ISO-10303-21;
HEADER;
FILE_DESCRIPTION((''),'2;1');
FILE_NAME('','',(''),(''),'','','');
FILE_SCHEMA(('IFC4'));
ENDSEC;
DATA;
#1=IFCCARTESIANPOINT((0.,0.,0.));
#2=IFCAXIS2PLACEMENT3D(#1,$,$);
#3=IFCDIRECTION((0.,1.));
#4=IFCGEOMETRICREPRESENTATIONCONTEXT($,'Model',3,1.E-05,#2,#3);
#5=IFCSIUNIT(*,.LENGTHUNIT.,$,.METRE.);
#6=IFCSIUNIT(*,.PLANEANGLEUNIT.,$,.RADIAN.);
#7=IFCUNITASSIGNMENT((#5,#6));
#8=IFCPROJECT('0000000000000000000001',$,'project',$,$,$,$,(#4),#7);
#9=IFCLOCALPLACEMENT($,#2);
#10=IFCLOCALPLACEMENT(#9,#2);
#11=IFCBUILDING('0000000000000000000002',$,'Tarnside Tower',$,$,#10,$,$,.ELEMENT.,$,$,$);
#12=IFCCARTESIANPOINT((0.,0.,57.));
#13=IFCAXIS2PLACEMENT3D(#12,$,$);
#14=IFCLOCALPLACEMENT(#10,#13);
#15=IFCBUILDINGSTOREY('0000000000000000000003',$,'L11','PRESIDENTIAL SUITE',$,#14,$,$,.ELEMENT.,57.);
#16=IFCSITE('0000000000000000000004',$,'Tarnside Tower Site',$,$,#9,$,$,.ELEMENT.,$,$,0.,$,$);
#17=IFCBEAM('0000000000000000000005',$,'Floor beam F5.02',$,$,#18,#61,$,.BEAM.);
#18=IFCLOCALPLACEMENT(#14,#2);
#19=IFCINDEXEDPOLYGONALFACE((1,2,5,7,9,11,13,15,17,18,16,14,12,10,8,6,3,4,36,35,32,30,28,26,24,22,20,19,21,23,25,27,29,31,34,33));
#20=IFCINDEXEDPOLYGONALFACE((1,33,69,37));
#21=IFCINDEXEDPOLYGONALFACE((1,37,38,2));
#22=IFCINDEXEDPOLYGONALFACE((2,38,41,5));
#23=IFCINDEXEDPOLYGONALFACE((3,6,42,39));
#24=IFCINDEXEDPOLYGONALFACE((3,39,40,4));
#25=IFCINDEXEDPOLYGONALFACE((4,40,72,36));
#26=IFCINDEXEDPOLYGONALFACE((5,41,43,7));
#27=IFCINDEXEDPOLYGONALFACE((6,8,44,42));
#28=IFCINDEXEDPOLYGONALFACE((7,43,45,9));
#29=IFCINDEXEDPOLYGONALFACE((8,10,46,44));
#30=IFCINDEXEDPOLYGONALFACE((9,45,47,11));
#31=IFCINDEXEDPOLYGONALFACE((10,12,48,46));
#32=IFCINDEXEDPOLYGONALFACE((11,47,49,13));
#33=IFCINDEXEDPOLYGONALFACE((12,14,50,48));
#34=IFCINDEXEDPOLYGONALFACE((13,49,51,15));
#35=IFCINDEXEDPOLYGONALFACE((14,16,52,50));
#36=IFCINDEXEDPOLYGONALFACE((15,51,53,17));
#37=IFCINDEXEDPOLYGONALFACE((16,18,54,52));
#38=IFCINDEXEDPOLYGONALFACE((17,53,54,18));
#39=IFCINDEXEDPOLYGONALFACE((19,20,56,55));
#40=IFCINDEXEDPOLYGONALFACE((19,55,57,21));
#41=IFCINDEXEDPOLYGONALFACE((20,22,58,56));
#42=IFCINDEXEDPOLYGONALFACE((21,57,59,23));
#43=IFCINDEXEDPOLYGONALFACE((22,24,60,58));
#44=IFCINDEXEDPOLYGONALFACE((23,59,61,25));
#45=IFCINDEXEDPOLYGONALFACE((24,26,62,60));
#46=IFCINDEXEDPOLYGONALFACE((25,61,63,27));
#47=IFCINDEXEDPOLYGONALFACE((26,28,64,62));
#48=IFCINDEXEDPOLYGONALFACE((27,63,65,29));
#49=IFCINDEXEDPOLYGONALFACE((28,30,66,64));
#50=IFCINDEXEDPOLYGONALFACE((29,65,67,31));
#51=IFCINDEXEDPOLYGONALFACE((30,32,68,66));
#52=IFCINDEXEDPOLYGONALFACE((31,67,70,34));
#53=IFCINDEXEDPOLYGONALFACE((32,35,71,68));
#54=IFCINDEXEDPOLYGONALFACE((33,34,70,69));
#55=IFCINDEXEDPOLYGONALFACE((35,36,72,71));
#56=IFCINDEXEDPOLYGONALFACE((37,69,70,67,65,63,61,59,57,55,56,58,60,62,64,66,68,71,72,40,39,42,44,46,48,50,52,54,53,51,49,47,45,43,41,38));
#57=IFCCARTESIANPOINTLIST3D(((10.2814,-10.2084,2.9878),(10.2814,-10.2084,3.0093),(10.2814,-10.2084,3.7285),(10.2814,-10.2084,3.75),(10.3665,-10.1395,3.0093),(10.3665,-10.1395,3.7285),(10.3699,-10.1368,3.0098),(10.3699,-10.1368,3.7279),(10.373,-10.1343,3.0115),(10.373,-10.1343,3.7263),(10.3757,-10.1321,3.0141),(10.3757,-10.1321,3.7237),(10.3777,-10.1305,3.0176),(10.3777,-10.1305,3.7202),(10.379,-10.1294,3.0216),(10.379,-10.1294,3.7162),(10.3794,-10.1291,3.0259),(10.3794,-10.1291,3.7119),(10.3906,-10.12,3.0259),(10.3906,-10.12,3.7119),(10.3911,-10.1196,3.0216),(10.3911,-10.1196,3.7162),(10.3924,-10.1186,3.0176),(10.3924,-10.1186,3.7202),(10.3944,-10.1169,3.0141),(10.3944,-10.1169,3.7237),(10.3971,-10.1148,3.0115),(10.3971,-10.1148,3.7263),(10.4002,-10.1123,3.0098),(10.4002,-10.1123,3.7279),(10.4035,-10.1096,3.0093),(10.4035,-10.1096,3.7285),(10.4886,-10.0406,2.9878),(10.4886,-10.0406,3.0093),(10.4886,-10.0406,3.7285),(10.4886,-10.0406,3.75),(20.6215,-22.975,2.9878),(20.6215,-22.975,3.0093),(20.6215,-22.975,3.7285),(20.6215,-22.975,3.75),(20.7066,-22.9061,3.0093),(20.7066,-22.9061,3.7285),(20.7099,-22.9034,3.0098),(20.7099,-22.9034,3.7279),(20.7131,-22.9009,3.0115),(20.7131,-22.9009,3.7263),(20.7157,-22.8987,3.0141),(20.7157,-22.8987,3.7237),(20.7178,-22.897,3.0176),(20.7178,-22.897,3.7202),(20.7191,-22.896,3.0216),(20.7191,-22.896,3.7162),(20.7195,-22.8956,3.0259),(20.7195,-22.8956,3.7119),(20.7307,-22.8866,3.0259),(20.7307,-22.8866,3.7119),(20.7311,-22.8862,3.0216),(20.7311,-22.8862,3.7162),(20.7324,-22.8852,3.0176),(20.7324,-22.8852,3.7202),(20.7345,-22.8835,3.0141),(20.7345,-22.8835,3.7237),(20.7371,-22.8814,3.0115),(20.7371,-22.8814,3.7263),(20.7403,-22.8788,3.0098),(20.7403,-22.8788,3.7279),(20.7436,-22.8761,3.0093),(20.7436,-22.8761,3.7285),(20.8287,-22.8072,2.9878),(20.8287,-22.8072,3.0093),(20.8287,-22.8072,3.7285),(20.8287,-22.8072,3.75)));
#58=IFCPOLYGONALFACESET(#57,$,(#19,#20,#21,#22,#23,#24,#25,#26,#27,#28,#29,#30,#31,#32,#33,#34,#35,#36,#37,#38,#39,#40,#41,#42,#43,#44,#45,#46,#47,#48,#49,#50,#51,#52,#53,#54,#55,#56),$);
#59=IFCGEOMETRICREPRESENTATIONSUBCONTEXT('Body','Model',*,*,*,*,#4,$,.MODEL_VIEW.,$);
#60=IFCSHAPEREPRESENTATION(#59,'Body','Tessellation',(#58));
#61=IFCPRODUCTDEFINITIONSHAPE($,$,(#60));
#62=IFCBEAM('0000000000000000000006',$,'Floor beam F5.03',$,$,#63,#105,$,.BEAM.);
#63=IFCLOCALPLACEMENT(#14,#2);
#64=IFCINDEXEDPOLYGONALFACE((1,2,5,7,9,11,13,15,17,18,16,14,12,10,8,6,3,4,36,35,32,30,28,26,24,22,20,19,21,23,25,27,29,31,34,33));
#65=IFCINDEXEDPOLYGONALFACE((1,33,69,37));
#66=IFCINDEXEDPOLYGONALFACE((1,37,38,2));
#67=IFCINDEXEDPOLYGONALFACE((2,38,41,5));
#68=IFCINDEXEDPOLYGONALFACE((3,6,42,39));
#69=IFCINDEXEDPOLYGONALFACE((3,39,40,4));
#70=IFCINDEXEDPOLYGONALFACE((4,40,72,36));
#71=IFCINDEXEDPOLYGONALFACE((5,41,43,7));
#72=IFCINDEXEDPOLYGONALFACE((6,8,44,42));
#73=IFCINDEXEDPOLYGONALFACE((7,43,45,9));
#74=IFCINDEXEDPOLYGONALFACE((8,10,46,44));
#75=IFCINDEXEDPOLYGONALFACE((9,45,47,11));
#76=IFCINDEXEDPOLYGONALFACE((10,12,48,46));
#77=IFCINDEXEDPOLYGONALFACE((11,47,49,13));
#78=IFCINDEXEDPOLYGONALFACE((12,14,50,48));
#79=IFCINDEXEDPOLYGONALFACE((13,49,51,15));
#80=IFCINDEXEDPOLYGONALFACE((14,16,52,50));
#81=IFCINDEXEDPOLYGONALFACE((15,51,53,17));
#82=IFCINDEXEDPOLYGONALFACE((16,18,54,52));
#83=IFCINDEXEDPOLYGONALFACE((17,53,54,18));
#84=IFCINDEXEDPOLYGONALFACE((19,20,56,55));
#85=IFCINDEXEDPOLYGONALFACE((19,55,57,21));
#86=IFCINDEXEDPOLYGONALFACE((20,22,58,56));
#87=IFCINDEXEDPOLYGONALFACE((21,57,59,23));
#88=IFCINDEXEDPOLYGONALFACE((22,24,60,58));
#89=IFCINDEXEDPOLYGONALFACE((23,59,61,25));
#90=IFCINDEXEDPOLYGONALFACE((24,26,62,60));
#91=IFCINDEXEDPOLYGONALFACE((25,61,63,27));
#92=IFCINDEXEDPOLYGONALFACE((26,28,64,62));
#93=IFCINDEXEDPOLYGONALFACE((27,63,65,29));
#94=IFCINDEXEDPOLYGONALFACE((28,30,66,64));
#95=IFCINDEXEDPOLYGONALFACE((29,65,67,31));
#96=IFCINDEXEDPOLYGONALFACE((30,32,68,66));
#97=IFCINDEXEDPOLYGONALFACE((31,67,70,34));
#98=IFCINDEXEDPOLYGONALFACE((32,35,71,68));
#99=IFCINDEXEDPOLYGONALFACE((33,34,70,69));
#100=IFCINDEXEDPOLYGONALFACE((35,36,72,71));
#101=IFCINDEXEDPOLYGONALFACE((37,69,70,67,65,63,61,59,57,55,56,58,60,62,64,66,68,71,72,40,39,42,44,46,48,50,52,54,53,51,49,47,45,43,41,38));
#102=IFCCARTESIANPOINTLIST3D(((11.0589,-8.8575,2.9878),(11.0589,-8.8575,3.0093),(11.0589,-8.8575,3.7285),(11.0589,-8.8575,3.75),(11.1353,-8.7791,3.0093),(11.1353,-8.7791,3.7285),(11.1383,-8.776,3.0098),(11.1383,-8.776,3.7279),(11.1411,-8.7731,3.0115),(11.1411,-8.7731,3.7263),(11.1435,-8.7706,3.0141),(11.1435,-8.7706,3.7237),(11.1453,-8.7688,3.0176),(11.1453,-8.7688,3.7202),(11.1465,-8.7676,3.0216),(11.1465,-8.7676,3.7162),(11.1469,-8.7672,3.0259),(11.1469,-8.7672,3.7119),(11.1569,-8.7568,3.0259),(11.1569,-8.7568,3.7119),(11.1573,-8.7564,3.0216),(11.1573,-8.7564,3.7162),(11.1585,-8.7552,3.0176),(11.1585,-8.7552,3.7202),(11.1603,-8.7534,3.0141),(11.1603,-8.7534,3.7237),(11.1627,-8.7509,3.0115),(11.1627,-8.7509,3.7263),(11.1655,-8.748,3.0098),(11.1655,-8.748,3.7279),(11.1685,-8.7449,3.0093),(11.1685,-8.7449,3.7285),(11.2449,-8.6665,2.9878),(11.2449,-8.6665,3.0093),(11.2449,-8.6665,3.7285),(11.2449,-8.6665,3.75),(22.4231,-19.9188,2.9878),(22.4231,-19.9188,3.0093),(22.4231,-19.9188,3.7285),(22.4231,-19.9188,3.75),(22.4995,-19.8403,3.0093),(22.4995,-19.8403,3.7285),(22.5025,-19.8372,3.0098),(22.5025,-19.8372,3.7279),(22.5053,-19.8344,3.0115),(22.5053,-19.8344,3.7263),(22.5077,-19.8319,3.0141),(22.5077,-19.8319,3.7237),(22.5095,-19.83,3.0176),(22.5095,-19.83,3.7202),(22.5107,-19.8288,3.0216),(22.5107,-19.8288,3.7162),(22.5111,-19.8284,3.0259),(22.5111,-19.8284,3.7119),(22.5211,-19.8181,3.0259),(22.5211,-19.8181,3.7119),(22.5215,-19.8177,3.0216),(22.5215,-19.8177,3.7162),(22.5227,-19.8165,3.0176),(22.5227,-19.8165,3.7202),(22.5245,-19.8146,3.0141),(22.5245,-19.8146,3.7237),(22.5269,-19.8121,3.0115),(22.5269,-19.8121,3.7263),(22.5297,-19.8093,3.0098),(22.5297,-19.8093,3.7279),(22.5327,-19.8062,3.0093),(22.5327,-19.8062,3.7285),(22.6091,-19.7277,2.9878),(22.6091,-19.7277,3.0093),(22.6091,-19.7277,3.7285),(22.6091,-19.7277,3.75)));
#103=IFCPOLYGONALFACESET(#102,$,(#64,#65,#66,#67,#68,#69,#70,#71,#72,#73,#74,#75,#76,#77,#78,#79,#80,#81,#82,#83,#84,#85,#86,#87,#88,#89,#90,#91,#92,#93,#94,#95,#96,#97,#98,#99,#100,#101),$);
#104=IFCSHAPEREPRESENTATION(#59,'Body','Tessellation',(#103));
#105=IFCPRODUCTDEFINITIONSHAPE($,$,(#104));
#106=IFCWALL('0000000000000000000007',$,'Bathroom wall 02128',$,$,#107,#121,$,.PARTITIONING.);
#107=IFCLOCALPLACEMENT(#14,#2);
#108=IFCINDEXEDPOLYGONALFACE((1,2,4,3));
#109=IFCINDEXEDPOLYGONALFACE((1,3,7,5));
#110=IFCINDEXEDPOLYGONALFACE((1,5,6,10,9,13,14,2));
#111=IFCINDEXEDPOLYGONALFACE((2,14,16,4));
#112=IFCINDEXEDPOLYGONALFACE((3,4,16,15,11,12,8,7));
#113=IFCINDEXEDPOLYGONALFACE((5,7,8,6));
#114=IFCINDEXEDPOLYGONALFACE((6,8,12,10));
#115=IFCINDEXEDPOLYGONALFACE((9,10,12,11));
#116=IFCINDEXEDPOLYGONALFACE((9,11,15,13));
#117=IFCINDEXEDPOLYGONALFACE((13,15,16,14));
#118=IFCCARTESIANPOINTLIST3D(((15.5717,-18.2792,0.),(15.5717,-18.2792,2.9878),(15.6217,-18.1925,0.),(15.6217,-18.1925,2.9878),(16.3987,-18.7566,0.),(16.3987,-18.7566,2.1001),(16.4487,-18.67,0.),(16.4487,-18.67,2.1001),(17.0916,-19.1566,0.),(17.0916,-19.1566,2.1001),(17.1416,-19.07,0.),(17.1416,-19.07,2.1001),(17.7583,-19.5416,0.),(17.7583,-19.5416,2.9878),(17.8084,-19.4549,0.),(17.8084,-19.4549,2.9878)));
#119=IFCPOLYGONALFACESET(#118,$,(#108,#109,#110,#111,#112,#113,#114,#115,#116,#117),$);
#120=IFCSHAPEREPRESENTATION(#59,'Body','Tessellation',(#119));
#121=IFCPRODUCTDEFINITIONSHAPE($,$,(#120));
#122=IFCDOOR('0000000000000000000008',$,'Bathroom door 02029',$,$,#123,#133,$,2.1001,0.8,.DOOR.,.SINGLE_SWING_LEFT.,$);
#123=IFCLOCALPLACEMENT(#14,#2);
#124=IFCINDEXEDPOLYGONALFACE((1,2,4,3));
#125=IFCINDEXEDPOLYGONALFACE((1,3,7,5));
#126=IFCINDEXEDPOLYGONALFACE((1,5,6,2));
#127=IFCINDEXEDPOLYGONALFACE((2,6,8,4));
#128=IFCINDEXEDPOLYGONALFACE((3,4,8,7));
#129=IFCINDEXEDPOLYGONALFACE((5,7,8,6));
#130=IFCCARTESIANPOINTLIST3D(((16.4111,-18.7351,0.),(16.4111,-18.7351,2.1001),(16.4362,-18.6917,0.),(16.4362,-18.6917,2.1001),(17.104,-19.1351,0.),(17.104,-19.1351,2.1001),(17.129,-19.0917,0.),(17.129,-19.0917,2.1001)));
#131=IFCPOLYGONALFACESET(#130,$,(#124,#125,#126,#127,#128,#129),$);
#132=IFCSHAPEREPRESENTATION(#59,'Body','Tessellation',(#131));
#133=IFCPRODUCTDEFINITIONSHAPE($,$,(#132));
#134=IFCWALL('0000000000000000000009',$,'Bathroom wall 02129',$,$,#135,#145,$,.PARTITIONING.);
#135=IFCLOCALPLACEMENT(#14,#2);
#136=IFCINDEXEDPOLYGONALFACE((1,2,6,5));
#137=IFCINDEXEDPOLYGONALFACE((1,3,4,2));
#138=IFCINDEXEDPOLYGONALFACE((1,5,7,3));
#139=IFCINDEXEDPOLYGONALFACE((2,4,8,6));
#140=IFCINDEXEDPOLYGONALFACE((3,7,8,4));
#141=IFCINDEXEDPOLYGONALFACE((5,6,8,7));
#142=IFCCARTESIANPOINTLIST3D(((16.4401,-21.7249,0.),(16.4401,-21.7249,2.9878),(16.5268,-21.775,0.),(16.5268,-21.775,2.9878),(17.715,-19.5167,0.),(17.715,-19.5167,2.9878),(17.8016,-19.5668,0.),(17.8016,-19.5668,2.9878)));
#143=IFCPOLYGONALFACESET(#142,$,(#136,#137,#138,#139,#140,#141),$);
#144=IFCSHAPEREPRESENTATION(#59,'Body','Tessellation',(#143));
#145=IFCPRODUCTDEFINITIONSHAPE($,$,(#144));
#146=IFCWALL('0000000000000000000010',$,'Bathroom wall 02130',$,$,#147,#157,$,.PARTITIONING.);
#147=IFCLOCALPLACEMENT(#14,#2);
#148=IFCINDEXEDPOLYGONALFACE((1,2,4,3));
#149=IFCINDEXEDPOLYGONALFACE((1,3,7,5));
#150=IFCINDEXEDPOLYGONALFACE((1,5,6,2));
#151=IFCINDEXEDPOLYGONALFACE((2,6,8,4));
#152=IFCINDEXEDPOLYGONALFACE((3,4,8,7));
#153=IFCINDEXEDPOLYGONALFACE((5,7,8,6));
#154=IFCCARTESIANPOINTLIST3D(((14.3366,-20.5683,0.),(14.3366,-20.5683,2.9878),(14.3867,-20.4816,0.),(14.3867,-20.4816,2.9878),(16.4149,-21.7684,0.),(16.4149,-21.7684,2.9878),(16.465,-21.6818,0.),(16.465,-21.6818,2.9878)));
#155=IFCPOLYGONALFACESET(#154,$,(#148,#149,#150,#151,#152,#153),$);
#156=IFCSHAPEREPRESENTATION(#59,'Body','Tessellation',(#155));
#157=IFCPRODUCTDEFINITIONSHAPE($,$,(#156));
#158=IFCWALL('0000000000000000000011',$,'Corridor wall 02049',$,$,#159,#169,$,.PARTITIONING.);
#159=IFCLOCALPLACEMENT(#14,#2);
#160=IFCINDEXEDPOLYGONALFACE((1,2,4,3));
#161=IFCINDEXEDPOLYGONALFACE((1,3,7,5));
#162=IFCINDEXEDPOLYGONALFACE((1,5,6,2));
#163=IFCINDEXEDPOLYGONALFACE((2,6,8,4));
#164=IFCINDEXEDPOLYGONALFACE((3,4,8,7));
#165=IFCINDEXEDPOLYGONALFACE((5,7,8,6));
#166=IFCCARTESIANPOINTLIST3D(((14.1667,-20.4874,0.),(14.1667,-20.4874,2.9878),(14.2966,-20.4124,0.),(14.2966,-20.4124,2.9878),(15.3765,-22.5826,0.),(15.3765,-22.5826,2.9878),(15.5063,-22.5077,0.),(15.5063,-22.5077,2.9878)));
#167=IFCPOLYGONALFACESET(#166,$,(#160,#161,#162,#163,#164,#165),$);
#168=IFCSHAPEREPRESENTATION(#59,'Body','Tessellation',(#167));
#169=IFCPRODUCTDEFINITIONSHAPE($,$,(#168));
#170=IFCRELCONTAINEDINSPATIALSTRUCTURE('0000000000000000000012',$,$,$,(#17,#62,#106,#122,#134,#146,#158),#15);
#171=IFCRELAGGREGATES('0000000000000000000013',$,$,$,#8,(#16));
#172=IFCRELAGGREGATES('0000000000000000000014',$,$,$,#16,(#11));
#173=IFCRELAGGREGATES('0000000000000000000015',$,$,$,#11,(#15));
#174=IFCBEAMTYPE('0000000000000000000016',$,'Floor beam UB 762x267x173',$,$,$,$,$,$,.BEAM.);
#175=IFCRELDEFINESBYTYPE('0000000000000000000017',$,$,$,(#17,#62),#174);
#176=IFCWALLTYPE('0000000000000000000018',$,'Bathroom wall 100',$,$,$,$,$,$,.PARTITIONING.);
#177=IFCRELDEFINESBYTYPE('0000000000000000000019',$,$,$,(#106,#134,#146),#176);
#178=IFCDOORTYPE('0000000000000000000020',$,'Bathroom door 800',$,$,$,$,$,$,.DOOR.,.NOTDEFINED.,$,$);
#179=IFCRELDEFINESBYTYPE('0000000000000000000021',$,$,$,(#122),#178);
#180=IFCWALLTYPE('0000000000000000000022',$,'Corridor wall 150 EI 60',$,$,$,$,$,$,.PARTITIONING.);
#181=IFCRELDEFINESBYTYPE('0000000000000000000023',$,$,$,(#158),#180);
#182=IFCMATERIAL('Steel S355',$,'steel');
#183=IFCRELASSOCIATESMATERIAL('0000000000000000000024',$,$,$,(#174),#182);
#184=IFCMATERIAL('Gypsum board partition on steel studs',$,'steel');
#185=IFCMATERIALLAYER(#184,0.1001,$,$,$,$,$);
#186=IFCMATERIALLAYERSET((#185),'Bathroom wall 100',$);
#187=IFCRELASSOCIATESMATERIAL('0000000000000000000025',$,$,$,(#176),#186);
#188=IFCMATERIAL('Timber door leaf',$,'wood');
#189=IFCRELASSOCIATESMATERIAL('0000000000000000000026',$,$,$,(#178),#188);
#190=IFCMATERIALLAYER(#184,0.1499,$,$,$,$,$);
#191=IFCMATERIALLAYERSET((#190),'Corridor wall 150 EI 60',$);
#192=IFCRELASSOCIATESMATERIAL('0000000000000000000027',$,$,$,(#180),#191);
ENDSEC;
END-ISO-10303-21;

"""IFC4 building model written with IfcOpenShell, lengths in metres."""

from ifc_helpers import new_model, si_unit, direction, frame, frame_2d, origin, origin_2d, place, context, subcontext, project, spatial, rectangle, i_section, extrude, material, layer, layer_set, material_profile, profile_set, type_object, element, fill, save


model = new_model("IFC4")

# Units and contexts
model_context = context("Model", 3, precision=1e-05, world=origin(), true_north=direction((0.0, 1.0)))
body_context = subcontext(model_context, "Body", "Model", "MODEL_VIEW")
ifc_project = project(units=[si_unit("LENGTHUNIT", "METRE"), si_unit("PLANEANGLEUNIT", "RADIAN")], contexts=[model_context])

# Site, building, storey
site_placement = place(None, origin())
site = spatial("IfcSite", under=ifc_project, at=site_placement, Name="Tarnside Tower Site", CompositionType="ELEMENT", RefElevation=0.0)
building_placement = place(site_placement, origin())
building = spatial("IfcBuilding", under=site, at=building_placement, Name="Tarnside Tower", CompositionType="ELEMENT")
storey_placement = place(building_placement, frame((0.0, 0.0, 57.0)))
storey = spatial("IfcBuildingStorey", under=building, at=storey_placement, Name="L11", Description="PRESIDENTIAL SUITE", CompositionType="ELEMENT", Elevation=57.0)

# Beams
ifc_material_1 = material(Name="Steel S355", Category="steel")
ifc_material_profile = material_profile(ifc_material_1, i_section(OverallWidth=0.2666, OverallDepth=0.7622, WebThickness=0.0144, FlangeThickness=0.0215, FilletRadius=0.0166, at=origin_2d()), Name="UB 762x267x173")
ifc_profile_set = profile_set([ifc_material_profile], Name="Steel S355")
beam_type = type_object("IfcBeamType", Name="Floor beam UB 762x267x173", PredefinedType="BEAM", material=ifc_profile_set)
beam_1_placement = place(storey_placement, frame((20.7251, -22.8911, 3.3689), z_axis=(-0.62939, 0.777089, 0.0), x_axis=(-0.777089, -0.62939, 0.0)))
element("IfcBeam", 1, at=beam_1_placement, inside=storey, type_object=beam_type, Name="Floor beam F5.02", PredefinedType="BEAM", context=body_context, shape_type="SweptSolid", body=[
    extrude(i_section(OverallWidth=0.2666, OverallDepth=0.7622, WebThickness=0.0144, FlangeThickness=0.0215, FilletRadius=0.0166, at=origin_2d()), origin(), (0.0, 0.0, 1.0), 16.4287),
])
beam_2_placement = place(storey_placement, frame((22.5161, -19.8232, 3.3689), z_axis=(-0.716595, 0.69749, 0.0), x_axis=(-0.69749, -0.716595, 0.0)))
element("IfcBeam", 2, at=beam_2_placement, inside=storey, type_object=beam_type, Name="Floor beam F5.03", PredefinedType="BEAM", context=body_context, shape_type="SweptSolid", body=[
    extrude(i_section(OverallWidth=0.2666, OverallDepth=0.7622, WebThickness=0.0144, FlangeThickness=0.0215, FilletRadius=0.0166, at=origin_2d()), origin(), (0.0, 0.0, 1.0), 15.8586),
])

# Wall, opening, door
ifc_material_2 = material(Name="Gypsum board partition on steel studs", Category="steel")
ifc_layer_1 = layer(ifc_material_2, 0.1001)
ifc_layer_set_1 = layer_set([ifc_layer_1], Name="Bathroom wall 100")
wall_type_1 = type_object("IfcWallType", Name="Bathroom wall 100", PredefinedType="PARTITIONING", material=ifc_layer_set_1)
wall_1_placement = place(storey_placement, frame((15.5967, -18.2358, 0.0), z_axis=(0.0, 0.0, 1.0), x_axis=(0.866039, -0.499976, 0.0)))
wall_1 = element("IfcWall", 3, at=wall_1_placement, inside=storey, type_object=wall_type_1, Name="Bathroom wall 02128", PredefinedType="PARTITIONING", context=body_context, shape_type="SweptSolid", body=[
    extrude(rectangle(XDim=2.5249, YDim=0.1001, at=frame_2d((1.2625, 0.0))), origin(), (0.0, 0.0, 1.0), 2.9878),
])
opening_1_placement = place(wall_1_placement, frame((0.9551, 0.0, 0.0)))
opening_1 = element("IfcOpeningElement", 4, at=opening_1_placement, cuts=wall_1, PredefinedType="OPENING", context=body_context, shape_type="SweptSolid", body=[
    extrude(rectangle(XDim=0.8, YDim=2.1001, at=frame_2d((0.3999, 1.05))), frame((0.0, 0.0601, 0.0), z_axis=(0.0, -1.0, 0.0), x_axis=(1.0, 0.0, 0.0)), (0.0, 0.0, 1.0), 0.1201),
])
ifc_material_3 = material(Name="Timber door leaf", Category="wood")
door_type_1 = type_object("IfcDoorType", Name="Bathroom door 800", OperationType="NOTDEFINED", PredefinedType="DOOR", material=ifc_material_3)
door_1_placement = place(opening_1_placement, origin())
door_1 = element("IfcDoor", 5, at=door_1_placement, inside=storey, type_object=door_type_1, Name="Bathroom door 02029", OperationType="SINGLE_SWING_LEFT", OverallHeight=2.1001, OverallWidth=0.8, PredefinedType="DOOR", context=body_context, shape_type="SweptSolid", body=[
    extrude(rectangle(XDim=0.8, YDim=2.1001, at=frame_2d((0.3999, 1.05))), frame((0.0, 0.0249, 0.0), z_axis=(0.0, -1.0, 0.0), x_axis=(1.0, 0.0, 0.0)), (0.0, 0.0, 1.0), 0.05),
])
fill(opening_1, door_1)

# Walls
wall_2_placement = place(storey_placement, frame((17.7583, -19.5417, 0.0), z_axis=(0.0, 0.0, 1.0), x_axis=(-0.49999, -0.866031, 0.0)))
element("IfcWall", 6, at=wall_2_placement, inside=storey, type_object=wall_type_1, Name="Bathroom wall 02129", PredefinedType="PARTITIONING", context=body_context, shape_type="SweptSolid", body=[
    extrude(rectangle(XDim=2.5498, YDim=0.1001, at=frame_2d((1.2749, 0.0))), origin(), (0.0, 0.0, 1.0), 2.9878),
])
wall_3_placement = place(storey_placement, frame((16.4399, -21.7251, 0.0), z_axis=(0.0, 0.0, 1.0), x_axis=(-0.865981, 0.500078, 0.0)))
element("IfcWall", 7, at=wall_3_placement, inside=storey, type_object=wall_type_1, Name="Bathroom wall 02130", PredefinedType="PARTITIONING", context=body_context, shape_type="SweptSolid", body=[
    extrude(rectangle(XDim=2.3999, YDim=0.1001, at=frame_2d((1.2, 0.0))), origin(), (0.0, 0.0, 1.0), 2.9878),
])
ifc_layer_2 = layer(ifc_material_2, 0.1499)
ifc_layer_set_2 = layer_set([ifc_layer_2], Name="Corridor wall 150 EI 60")
wall_type_2 = type_object("IfcWallType", Name="Corridor wall 150 EI 60", PredefinedType="PARTITIONING", material=ifc_layer_set_2)
wall_4_placement = place(storey_placement, frame((15.4414, -22.5452, 0.0), z_axis=(0.0, 0.0, 1.0), x_axis=(-0.500014, 0.866018, 0.0)))
element("IfcWall", 8, at=wall_4_placement, inside=storey, type_object=wall_type_2, Name="Corridor wall 02049", PredefinedType="PARTITIONING", context=body_context, shape_type="SweptSolid", body=[
    extrude(rectangle(XDim=2.4194, YDim=0.1499, at=frame_2d((1.2097, 0.0))), origin(), (0.0, 0.0, 1.0), 2.9878),
])

save(model, "model.ifc")
